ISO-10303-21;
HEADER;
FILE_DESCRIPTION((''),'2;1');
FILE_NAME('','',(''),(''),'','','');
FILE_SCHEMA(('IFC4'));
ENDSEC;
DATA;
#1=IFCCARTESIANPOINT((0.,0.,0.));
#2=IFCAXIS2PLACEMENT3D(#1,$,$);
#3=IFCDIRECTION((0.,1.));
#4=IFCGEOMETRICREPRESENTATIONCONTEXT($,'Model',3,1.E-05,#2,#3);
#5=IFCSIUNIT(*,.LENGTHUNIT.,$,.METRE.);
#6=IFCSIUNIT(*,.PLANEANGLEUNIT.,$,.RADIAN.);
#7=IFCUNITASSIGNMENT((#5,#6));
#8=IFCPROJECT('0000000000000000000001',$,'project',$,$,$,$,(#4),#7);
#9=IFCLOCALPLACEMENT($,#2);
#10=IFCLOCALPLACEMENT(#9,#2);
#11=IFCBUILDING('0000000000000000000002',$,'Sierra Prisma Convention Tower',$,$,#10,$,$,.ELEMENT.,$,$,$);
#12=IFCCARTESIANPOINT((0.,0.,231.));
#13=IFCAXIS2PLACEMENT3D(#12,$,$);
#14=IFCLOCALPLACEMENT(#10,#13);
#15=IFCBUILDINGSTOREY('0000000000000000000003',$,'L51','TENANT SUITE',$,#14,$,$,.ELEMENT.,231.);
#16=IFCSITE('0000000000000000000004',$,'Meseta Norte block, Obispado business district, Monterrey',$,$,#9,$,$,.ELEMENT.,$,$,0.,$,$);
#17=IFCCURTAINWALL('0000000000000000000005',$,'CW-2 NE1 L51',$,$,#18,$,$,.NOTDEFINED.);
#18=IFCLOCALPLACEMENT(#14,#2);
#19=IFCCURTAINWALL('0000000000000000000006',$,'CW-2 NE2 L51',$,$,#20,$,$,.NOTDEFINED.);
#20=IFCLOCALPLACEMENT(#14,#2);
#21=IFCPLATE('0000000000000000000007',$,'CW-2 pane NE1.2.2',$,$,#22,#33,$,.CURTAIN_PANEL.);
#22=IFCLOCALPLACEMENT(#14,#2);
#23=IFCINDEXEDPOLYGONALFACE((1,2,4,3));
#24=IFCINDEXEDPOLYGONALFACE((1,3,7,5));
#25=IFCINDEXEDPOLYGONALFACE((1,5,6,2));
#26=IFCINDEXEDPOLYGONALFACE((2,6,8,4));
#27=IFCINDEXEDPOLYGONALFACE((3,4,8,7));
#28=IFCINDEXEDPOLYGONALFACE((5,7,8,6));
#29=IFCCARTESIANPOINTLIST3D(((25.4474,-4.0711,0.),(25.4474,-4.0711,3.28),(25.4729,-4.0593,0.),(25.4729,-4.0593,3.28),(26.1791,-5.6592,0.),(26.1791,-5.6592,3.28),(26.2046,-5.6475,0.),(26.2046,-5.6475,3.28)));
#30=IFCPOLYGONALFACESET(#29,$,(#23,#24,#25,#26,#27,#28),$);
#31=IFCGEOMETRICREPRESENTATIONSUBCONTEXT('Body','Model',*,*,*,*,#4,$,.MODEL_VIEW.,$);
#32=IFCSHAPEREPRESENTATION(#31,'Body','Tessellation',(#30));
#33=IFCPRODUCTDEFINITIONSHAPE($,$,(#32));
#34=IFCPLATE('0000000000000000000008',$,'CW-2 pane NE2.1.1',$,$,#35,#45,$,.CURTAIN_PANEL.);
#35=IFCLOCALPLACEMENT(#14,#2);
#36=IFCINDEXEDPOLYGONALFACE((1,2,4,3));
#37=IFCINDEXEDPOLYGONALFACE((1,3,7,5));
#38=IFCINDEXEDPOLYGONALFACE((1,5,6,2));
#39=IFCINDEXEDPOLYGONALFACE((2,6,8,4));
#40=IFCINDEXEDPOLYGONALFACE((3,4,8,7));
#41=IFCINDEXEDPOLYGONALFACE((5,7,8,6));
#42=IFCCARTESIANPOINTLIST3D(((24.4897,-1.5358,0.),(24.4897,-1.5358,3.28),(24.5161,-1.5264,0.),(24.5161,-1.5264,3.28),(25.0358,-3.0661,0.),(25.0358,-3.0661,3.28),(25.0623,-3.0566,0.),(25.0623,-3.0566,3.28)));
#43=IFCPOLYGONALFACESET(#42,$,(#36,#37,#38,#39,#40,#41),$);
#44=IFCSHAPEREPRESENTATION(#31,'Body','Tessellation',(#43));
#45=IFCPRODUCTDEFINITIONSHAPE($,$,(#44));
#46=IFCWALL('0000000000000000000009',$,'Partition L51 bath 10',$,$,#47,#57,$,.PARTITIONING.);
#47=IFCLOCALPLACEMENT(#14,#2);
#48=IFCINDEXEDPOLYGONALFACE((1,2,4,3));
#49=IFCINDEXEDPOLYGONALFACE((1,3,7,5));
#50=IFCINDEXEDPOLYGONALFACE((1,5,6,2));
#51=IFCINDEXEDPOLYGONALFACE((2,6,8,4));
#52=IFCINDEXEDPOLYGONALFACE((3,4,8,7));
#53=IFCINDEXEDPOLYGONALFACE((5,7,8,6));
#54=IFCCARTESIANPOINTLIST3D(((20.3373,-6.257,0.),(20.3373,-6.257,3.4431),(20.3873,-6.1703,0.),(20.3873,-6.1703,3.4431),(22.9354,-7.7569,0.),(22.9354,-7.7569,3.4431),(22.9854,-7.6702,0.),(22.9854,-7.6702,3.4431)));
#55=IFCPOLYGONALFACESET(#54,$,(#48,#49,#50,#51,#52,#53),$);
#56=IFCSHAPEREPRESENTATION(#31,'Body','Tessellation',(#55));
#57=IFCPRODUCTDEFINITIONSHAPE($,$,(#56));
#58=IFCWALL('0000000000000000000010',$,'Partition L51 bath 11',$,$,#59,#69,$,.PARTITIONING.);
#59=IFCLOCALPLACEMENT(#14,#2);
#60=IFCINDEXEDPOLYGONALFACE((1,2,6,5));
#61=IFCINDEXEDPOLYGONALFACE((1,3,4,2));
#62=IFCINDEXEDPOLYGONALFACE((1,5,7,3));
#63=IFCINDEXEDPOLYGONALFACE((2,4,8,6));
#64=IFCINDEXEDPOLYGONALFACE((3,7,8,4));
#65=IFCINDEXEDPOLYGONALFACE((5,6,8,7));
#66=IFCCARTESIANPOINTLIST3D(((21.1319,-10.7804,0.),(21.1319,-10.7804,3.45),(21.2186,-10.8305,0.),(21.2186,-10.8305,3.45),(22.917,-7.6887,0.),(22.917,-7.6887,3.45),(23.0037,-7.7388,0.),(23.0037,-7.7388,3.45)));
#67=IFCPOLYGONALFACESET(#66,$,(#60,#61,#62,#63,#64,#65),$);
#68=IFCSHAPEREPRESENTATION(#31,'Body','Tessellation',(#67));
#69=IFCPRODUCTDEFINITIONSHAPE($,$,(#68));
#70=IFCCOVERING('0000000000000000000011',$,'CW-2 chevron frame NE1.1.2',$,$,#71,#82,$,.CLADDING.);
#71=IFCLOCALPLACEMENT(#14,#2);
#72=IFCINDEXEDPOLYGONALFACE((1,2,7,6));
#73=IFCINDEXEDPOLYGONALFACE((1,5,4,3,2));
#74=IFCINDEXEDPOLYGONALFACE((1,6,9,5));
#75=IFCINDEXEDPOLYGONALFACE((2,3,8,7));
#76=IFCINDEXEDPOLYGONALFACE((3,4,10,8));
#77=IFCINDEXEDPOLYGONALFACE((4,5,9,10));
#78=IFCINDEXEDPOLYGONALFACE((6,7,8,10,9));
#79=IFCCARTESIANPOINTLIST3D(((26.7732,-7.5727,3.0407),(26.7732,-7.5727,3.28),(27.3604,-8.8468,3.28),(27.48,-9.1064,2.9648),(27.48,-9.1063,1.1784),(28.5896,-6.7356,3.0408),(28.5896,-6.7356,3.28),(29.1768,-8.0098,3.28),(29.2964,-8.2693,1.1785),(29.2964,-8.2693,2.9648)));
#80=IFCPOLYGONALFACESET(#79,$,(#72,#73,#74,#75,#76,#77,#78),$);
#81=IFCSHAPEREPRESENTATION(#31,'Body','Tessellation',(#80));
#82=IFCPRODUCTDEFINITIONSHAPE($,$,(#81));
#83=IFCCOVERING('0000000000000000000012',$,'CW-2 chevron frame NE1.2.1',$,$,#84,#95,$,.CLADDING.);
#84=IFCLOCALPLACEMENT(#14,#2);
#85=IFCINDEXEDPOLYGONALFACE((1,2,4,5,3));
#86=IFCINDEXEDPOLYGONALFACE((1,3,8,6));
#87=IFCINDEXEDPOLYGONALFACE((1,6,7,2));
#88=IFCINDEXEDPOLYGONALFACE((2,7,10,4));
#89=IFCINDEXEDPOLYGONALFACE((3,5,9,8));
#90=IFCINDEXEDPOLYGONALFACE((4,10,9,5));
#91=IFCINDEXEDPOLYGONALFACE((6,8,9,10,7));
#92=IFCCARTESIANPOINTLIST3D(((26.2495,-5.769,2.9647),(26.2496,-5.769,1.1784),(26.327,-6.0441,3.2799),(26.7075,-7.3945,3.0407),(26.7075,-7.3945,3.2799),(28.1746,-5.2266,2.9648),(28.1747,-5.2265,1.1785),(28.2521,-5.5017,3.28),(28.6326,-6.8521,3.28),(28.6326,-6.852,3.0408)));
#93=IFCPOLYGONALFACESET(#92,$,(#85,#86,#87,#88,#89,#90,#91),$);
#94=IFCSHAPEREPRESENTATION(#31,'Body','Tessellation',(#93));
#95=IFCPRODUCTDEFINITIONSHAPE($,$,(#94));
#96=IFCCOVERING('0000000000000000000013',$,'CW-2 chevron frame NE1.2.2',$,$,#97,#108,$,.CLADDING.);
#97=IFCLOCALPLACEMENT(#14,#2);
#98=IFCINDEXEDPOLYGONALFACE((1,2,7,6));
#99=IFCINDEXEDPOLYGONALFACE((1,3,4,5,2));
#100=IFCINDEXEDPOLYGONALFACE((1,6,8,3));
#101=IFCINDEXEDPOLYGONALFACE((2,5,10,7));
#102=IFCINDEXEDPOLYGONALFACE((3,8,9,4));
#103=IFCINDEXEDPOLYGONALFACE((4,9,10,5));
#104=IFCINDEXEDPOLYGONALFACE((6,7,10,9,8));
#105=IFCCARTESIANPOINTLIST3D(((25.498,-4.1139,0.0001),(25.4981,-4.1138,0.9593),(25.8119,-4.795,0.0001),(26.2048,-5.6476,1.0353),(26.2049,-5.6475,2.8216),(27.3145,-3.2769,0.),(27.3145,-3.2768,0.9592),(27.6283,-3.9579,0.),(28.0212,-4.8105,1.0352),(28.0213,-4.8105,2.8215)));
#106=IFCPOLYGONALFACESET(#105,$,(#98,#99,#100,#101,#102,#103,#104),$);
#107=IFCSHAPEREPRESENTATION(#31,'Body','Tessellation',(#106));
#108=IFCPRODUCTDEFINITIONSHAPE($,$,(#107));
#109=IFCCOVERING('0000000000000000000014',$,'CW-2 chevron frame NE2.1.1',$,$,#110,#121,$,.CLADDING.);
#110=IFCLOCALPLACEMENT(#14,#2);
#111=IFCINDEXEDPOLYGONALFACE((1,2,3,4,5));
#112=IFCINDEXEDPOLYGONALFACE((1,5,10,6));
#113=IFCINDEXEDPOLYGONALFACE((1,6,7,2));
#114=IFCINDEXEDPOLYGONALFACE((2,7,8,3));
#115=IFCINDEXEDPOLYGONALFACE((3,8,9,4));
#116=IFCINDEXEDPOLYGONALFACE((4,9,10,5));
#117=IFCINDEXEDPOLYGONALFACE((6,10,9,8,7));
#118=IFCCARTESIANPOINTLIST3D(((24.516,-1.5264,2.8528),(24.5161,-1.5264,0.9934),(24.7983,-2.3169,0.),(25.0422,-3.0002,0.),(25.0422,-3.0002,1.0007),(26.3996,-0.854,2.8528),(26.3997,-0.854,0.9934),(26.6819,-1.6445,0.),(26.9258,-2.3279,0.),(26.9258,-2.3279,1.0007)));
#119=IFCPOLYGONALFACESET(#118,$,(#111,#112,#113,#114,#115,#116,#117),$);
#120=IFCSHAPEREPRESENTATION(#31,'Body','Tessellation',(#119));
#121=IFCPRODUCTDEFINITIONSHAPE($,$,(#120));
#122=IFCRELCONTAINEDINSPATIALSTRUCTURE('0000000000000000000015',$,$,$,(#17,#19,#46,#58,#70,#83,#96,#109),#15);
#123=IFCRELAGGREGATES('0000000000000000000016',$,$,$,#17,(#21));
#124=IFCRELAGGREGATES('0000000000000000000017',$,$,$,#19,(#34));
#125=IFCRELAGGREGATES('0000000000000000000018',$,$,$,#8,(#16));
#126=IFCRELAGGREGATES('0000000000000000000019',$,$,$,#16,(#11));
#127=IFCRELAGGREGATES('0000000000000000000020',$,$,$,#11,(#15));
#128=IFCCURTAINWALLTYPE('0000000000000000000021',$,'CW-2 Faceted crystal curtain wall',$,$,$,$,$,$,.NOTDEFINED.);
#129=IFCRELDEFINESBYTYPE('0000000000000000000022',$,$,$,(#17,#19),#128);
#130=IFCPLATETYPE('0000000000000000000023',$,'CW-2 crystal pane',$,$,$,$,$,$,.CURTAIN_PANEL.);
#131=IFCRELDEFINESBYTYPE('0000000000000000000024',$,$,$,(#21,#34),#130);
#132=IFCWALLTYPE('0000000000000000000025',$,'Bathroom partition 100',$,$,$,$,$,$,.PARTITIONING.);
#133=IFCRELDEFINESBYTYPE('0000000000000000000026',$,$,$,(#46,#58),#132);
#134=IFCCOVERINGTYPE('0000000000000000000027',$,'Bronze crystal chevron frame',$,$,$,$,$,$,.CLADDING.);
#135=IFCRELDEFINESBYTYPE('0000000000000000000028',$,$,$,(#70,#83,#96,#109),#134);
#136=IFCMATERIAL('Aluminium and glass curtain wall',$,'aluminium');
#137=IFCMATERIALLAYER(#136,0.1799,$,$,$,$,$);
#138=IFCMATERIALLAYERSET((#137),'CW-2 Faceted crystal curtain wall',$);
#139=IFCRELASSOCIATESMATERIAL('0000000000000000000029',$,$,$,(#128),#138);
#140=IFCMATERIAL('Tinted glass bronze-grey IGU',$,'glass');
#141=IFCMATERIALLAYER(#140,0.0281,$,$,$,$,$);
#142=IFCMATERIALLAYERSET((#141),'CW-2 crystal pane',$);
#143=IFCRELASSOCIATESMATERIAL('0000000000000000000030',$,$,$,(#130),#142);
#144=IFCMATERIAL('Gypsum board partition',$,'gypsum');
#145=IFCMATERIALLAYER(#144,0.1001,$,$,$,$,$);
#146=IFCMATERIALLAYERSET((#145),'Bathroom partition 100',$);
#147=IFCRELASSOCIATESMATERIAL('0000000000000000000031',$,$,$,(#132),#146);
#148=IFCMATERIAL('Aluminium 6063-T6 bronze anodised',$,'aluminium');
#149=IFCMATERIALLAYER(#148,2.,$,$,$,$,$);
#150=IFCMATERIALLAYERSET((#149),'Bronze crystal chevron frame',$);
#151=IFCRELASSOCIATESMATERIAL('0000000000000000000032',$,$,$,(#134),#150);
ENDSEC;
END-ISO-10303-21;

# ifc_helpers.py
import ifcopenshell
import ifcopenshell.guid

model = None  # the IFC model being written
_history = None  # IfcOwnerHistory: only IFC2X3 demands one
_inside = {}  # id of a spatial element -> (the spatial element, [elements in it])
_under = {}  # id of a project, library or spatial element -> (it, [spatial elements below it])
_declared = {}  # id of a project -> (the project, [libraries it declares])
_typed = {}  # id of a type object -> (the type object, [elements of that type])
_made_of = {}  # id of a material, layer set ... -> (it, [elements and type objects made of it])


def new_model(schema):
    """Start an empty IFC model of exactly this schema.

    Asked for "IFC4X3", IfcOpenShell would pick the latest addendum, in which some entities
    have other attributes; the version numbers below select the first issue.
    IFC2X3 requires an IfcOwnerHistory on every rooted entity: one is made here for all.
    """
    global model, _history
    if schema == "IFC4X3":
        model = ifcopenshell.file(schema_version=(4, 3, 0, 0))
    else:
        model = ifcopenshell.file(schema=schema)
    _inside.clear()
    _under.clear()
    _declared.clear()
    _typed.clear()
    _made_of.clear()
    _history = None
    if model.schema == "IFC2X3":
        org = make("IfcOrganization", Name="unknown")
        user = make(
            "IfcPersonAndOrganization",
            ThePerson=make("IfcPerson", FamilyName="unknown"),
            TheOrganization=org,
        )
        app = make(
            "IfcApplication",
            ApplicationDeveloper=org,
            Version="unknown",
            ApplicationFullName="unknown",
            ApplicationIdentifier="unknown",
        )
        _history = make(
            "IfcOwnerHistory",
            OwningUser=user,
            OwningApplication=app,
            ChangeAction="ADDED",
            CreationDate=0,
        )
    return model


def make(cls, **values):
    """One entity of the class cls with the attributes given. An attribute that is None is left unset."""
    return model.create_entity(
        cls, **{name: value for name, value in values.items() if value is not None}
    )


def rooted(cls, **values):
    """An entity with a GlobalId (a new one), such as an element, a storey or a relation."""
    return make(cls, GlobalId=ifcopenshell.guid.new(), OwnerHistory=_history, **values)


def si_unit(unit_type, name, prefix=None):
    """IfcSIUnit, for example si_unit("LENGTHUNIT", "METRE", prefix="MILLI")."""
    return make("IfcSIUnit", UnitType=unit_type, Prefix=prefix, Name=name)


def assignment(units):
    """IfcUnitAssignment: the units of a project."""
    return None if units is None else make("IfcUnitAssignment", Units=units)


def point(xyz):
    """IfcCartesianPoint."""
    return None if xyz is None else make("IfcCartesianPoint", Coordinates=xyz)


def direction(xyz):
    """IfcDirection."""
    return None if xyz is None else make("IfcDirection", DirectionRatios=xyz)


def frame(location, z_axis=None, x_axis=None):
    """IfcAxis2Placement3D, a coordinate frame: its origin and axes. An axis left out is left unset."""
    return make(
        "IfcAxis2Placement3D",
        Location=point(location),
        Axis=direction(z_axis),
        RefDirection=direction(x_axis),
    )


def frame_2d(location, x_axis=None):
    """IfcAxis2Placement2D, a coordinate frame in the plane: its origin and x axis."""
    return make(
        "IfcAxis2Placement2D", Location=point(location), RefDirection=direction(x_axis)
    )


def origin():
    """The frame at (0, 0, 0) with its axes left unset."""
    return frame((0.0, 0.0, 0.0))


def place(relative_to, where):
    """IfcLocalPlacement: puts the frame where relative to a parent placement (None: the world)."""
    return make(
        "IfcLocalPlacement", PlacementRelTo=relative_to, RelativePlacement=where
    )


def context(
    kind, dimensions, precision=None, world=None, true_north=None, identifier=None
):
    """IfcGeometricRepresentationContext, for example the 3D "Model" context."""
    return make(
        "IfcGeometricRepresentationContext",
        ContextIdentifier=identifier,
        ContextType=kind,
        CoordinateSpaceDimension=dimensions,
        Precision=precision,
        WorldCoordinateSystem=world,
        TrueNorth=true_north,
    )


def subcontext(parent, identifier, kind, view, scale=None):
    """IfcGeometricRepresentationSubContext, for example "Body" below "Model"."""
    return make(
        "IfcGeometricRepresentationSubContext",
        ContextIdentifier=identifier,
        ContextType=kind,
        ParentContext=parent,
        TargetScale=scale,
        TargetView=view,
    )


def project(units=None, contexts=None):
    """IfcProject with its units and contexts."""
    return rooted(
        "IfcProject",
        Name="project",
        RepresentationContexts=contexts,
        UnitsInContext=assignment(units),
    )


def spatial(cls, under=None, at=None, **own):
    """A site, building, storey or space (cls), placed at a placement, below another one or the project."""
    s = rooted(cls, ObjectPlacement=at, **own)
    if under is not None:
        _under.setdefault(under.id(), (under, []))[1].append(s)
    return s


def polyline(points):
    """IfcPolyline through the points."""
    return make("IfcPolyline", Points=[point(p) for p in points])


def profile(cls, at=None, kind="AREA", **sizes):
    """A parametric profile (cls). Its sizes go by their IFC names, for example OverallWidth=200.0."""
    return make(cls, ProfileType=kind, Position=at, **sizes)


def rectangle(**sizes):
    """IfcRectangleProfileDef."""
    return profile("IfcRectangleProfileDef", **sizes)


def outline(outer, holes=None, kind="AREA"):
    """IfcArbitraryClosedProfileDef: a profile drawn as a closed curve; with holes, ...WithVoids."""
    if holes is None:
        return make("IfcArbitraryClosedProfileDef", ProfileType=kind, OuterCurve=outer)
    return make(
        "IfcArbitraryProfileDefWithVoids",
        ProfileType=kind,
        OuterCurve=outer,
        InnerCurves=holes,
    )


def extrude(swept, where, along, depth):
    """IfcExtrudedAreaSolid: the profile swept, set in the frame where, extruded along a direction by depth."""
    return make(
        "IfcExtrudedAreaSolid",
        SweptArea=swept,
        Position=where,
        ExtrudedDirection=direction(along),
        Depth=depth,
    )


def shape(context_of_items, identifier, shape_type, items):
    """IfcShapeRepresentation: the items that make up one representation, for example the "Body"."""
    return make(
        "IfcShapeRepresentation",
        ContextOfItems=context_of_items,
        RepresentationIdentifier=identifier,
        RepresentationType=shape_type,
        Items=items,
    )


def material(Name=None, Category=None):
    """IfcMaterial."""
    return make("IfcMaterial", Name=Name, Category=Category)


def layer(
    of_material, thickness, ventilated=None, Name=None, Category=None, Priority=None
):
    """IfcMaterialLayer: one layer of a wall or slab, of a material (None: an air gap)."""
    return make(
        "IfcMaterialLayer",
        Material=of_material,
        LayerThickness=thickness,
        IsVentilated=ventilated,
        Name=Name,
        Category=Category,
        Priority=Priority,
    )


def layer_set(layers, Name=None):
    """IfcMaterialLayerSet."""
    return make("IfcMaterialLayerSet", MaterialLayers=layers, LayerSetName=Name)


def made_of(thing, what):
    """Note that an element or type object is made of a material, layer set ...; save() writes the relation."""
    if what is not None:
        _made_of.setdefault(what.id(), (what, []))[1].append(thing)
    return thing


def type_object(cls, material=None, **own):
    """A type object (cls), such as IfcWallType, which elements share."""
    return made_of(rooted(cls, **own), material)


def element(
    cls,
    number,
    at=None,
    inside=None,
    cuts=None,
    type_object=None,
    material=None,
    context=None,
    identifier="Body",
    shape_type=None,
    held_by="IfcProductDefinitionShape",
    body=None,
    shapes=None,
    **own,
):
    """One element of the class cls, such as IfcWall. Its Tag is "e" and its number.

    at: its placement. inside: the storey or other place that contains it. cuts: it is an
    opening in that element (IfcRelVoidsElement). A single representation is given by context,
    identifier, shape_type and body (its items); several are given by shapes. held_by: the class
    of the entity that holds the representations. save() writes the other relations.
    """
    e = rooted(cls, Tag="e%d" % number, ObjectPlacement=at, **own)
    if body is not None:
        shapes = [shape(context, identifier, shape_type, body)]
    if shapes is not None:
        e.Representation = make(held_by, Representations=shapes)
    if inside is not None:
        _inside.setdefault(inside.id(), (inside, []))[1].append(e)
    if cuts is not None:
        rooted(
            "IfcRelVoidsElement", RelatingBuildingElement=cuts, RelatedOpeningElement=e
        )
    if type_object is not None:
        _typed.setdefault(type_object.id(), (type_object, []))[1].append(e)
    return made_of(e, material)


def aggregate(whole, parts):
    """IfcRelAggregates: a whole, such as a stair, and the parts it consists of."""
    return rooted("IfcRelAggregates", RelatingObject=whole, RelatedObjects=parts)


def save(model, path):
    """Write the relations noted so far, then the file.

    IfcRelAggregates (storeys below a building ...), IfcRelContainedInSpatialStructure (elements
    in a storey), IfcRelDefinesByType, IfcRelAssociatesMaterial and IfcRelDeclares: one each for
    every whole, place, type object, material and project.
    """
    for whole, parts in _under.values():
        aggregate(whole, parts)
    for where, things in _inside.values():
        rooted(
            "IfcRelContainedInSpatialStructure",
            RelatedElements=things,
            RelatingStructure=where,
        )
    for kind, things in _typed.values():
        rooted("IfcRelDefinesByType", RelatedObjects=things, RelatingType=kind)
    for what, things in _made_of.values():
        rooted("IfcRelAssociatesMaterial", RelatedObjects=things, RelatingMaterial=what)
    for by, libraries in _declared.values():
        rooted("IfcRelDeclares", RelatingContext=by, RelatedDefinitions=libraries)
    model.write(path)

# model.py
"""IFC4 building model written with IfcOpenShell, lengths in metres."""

from ifc_helpers import new_model, si_unit, direction, frame, frame_2d, origin, place, context, subcontext, project, spatial, polyline, rectangle, outline, extrude, material, layer, layer_set, type_object, element, aggregate, save


model = new_model("IFC4")

# Units and contexts
model_context = context("Model", 3, precision=1e-05, world=origin(), true_north=direction((0.0, 1.0)))
body_context = subcontext(model_context, "Body", "Model", "MODEL_VIEW")
ifc_project = project(units=[si_unit("LENGTHUNIT", "METRE"), si_unit("PLANEANGLEUNIT", "RADIAN")], contexts=[model_context])

# Site, building, storey
site_placement = place(None, origin())
site = spatial("IfcSite", under=ifc_project, at=site_placement, Name="Meseta Norte block, Obispado business district, Monterrey", CompositionType="ELEMENT", RefElevation=0.0)
building_placement = place(site_placement, origin())
building = spatial("IfcBuilding", under=site, at=building_placement, Name="Sierra Prisma Convention Tower", CompositionType="ELEMENT")
storey_placement = place(building_placement, frame((0.0, 0.0, 231.0)))
storey = spatial("IfcBuildingStorey", under=building, at=storey_placement, Name="L51", Description="TENANT SUITE", CompositionType="ELEMENT", Elevation=231.0)

# Curtain wall
ifc_material_1 = material(Name="Aluminium and glass curtain wall", Category="aluminium")
ifc_layer_1 = layer(ifc_material_1, 0.1799)
ifc_layer_set_1 = layer_set([ifc_layer_1], Name="CW-2 Faceted crystal curtain wall")
curtain_wall_type = type_object("IfcCurtainWallType", Name="CW-2 Faceted crystal curtain wall", PredefinedType="NOTDEFINED", material=ifc_layer_set_1)
curtain_wall_1_placement = place(storey_placement, origin())
curtain_wall_1 = element("IfcCurtainWall", 1, at=curtain_wall_1_placement, inside=storey, type_object=curtain_wall_type, Name="CW-2 NE1 L51", PredefinedType="NOTDEFINED")

# Curtain wall
curtain_wall_2_placement = place(storey_placement, origin())
curtain_wall_2 = element("IfcCurtainWall", 2, at=curtain_wall_2_placement, inside=storey, type_object=curtain_wall_type, Name="CW-2 NE2 L51", PredefinedType="NOTDEFINED")

# Plates
ifc_material_2 = material(Name="Tinted glass bronze-grey IGU", Category="glass")
ifc_layer_2 = layer(ifc_material_2, 0.0281)
ifc_layer_set_2 = layer_set([ifc_layer_2], Name="CW-2 crystal pane")
plate_type = type_object("IfcPlateType", Name="CW-2 crystal pane", PredefinedType="CURTAIN_PANEL", material=ifc_layer_set_2)
plate_1_placement = place(storey_placement, frame((25.4729, -4.0593, 0.0), z_axis=(0.908241, 0.418447, 0.0), x_axis=(0.418447, -0.908241, 0.0)))
plate_1 = element("IfcPlate", 3, at=plate_1_placement, type_object=plate_type, Name="CW-2 pane NE1.2.2", PredefinedType="CURTAIN_PANEL", context=body_context, shape_type="SweptSolid", body=[
    extrude(outline(polyline([(0.0, 0.0), (1.7486, 0.0), (1.7486, -3.28), (0.0, -3.28), (0.0, 0.0)])), origin(), (0.0, 0.0, -1.0), 0.0281),
])
aggregate(curtain_wall_1, [plate_1])
plate_2_placement = place(storey_placement, frame((25.0623, -3.0566, 0.0), z_axis=(0.941817, 0.336127, 0.0), x_axis=(-0.336127, 0.941817, 0.0)))
plate_2 = element("IfcPlate", 4, at=plate_2_placement, type_object=plate_type, Name="CW-2 pane NE2.1.1", PredefinedType="CURTAIN_PANEL", context=body_context, shape_type="SweptSolid", body=[
    extrude(outline(polyline([(0.0, 0.0), (1.6248, 0.0), (1.6248, 3.28), (0.0, 3.28), (0.0, 0.0)])), origin(), (0.0, 0.0, -1.0), 0.0281),
])
aggregate(curtain_wall_2, [plate_2])

# Walls
ifc_material_3 = material(Name="Gypsum board partition", Category="gypsum")
ifc_layer_3 = layer(ifc_material_3, 0.1001)
ifc_layer_set_3 = layer_set([ifc_layer_3], Name="Bathroom partition 100")
wall_type = type_object("IfcWallType", Name="Bathroom partition 100", PredefinedType="PARTITIONING", material=ifc_layer_set_3)
wall_1_placement = place(storey_placement, frame((20.3623, -6.2136, 0.0), z_axis=(0.0, 0.0, 1.0), x_axis=(0.866031, -0.49999, 0.0)))
element("IfcWall", 5, at=wall_1_placement, inside=storey, type_object=wall_type, Name="Partition L51 bath 10", PredefinedType="PARTITIONING", context=body_context, shape_type="SweptSolid", body=[
    extrude(rectangle(XDim=3.0, YDim=0.1001, at=frame_2d((1.5, 0.0))), origin(), (0.0, 0.0, 1.0), 3.4431),
])
wall_2_placement = place(storey_placement, frame((22.9604, -7.7136, 0.0), z_axis=(0.0, 0.0, 1.0), x_axis=(-0.500022, -0.866012, 0.0)))
element("IfcWall", 6, at=wall_2_placement, inside=storey, type_object=wall_type, Name="Partition L51 bath 11", PredefinedType="PARTITIONING", context=body_context, shape_type="SweptSolid", body=[
    extrude(rectangle(XDim=3.5701, YDim=0.1001, at=frame_2d((1.7852, 0.0))), origin(), (0.0, 0.0, 1.0), 3.45),
])

# Coverings
ifc_material_4 = material(Name="Aluminium 6063-T6 bronze anodised", Category="aluminium")
ifc_layer_4 = layer(ifc_material_4, 2.0)
ifc_layer_set_4 = layer_set([ifc_layer_4], Name="Bronze crystal chevron frame")
covering_type = type_object("IfcCoveringType", Name="Bronze crystal chevron frame", PredefinedType="CLADDING", material=ifc_layer_set_4)
covering_1_placement = place(storey_placement, frame((29.2964, -8.2693, 2.9648), z_axis=(0.908201, 0.418533, 0.000012), x_axis=(0.000011, 0.000005, -1.0)))
element("IfcCovering", 7, at=covering_1_placement, inside=storey, type_object=covering_type, Name="CW-2 chevron frame NE1.1.2", PredefinedType="CLADDING", context=body_context, shape_type="SweptSolid", body=[
    extrude(outline(polyline([(0.0, 0.0), (1.7864, 0.0), (-0.0759, 1.6887), (-0.3152, 1.6887), (-0.3152, 0.2858), (0.0, 0.0)])), origin(), (0.0, 0.0, -1.0), 2.0),
])
covering_2_placement = place(storey_placement, frame((28.6326, -6.8521, 3.28), z_axis=(0.962518, 0.271216, 0.000057), x_axis=(0.000054, 0.000015, -1.0)))
element("IfcCovering", 8, at=covering_2_placement, inside=storey, type_object=covering_type, Name="CW-2 chevron frame NE1.2.1", PredefinedType="CLADDING", context=body_context, shape_type="SweptSolid", body=[
    extrude(outline(polyline([(0.0, 0.0), (0.2393, 0.0), (2.1016, 1.6888), (0.3152, 1.6888), (0.0, 1.403), (0.0, 0.0)])), origin(), (0.0, 0.0, -1.0), 2.0),
])
covering_3_placement = place(storey_placement, frame((27.3145, -3.2769, 0.0), z_axis=(0.908214, 0.418507, -0.000052), x_axis=(0.000047, 0.000022, 1.0)))
element("IfcCovering", 9, at=covering_3_placement, inside=storey, type_object=covering_type, Name="CW-2 chevron frame NE1.2.2", PredefinedType="CLADDING", context=body_context, shape_type="SweptSolid", body=[
    extrude(outline(polyline([(0.0, 0.0), (0.9592, 0.0), (2.8215, 1.6887), (1.0352, 1.6887), (0.0, 0.7499), (0.0, 0.0)])), origin(), (0.0, 0.0, -1.0), 2.0),
])
covering_4_placement = place(storey_placement, frame((26.9258, -2.3279, 0.0), z_axis=(0.941797, 0.336182, 0.00001), x_axis=(-0.336182, 0.941797, 0.0)))
element("IfcCovering", 10, at=covering_4_placement, inside=storey, type_object=covering_type, Name="CW-2 chevron frame NE2.1.1", PredefinedType="CLADDING", context=body_context, shape_type="SweptSolid", body=[
    extrude(outline(polyline([(0.0, 0.0), (0.7256, 0.0), (1.565, 0.9934), (1.565, 2.8528), (0.0, 1.0007), (0.0, 0.0)])), origin(), (0.0, 0.0, -1.0), 2.0),
])

save(model, "model.ifc")
